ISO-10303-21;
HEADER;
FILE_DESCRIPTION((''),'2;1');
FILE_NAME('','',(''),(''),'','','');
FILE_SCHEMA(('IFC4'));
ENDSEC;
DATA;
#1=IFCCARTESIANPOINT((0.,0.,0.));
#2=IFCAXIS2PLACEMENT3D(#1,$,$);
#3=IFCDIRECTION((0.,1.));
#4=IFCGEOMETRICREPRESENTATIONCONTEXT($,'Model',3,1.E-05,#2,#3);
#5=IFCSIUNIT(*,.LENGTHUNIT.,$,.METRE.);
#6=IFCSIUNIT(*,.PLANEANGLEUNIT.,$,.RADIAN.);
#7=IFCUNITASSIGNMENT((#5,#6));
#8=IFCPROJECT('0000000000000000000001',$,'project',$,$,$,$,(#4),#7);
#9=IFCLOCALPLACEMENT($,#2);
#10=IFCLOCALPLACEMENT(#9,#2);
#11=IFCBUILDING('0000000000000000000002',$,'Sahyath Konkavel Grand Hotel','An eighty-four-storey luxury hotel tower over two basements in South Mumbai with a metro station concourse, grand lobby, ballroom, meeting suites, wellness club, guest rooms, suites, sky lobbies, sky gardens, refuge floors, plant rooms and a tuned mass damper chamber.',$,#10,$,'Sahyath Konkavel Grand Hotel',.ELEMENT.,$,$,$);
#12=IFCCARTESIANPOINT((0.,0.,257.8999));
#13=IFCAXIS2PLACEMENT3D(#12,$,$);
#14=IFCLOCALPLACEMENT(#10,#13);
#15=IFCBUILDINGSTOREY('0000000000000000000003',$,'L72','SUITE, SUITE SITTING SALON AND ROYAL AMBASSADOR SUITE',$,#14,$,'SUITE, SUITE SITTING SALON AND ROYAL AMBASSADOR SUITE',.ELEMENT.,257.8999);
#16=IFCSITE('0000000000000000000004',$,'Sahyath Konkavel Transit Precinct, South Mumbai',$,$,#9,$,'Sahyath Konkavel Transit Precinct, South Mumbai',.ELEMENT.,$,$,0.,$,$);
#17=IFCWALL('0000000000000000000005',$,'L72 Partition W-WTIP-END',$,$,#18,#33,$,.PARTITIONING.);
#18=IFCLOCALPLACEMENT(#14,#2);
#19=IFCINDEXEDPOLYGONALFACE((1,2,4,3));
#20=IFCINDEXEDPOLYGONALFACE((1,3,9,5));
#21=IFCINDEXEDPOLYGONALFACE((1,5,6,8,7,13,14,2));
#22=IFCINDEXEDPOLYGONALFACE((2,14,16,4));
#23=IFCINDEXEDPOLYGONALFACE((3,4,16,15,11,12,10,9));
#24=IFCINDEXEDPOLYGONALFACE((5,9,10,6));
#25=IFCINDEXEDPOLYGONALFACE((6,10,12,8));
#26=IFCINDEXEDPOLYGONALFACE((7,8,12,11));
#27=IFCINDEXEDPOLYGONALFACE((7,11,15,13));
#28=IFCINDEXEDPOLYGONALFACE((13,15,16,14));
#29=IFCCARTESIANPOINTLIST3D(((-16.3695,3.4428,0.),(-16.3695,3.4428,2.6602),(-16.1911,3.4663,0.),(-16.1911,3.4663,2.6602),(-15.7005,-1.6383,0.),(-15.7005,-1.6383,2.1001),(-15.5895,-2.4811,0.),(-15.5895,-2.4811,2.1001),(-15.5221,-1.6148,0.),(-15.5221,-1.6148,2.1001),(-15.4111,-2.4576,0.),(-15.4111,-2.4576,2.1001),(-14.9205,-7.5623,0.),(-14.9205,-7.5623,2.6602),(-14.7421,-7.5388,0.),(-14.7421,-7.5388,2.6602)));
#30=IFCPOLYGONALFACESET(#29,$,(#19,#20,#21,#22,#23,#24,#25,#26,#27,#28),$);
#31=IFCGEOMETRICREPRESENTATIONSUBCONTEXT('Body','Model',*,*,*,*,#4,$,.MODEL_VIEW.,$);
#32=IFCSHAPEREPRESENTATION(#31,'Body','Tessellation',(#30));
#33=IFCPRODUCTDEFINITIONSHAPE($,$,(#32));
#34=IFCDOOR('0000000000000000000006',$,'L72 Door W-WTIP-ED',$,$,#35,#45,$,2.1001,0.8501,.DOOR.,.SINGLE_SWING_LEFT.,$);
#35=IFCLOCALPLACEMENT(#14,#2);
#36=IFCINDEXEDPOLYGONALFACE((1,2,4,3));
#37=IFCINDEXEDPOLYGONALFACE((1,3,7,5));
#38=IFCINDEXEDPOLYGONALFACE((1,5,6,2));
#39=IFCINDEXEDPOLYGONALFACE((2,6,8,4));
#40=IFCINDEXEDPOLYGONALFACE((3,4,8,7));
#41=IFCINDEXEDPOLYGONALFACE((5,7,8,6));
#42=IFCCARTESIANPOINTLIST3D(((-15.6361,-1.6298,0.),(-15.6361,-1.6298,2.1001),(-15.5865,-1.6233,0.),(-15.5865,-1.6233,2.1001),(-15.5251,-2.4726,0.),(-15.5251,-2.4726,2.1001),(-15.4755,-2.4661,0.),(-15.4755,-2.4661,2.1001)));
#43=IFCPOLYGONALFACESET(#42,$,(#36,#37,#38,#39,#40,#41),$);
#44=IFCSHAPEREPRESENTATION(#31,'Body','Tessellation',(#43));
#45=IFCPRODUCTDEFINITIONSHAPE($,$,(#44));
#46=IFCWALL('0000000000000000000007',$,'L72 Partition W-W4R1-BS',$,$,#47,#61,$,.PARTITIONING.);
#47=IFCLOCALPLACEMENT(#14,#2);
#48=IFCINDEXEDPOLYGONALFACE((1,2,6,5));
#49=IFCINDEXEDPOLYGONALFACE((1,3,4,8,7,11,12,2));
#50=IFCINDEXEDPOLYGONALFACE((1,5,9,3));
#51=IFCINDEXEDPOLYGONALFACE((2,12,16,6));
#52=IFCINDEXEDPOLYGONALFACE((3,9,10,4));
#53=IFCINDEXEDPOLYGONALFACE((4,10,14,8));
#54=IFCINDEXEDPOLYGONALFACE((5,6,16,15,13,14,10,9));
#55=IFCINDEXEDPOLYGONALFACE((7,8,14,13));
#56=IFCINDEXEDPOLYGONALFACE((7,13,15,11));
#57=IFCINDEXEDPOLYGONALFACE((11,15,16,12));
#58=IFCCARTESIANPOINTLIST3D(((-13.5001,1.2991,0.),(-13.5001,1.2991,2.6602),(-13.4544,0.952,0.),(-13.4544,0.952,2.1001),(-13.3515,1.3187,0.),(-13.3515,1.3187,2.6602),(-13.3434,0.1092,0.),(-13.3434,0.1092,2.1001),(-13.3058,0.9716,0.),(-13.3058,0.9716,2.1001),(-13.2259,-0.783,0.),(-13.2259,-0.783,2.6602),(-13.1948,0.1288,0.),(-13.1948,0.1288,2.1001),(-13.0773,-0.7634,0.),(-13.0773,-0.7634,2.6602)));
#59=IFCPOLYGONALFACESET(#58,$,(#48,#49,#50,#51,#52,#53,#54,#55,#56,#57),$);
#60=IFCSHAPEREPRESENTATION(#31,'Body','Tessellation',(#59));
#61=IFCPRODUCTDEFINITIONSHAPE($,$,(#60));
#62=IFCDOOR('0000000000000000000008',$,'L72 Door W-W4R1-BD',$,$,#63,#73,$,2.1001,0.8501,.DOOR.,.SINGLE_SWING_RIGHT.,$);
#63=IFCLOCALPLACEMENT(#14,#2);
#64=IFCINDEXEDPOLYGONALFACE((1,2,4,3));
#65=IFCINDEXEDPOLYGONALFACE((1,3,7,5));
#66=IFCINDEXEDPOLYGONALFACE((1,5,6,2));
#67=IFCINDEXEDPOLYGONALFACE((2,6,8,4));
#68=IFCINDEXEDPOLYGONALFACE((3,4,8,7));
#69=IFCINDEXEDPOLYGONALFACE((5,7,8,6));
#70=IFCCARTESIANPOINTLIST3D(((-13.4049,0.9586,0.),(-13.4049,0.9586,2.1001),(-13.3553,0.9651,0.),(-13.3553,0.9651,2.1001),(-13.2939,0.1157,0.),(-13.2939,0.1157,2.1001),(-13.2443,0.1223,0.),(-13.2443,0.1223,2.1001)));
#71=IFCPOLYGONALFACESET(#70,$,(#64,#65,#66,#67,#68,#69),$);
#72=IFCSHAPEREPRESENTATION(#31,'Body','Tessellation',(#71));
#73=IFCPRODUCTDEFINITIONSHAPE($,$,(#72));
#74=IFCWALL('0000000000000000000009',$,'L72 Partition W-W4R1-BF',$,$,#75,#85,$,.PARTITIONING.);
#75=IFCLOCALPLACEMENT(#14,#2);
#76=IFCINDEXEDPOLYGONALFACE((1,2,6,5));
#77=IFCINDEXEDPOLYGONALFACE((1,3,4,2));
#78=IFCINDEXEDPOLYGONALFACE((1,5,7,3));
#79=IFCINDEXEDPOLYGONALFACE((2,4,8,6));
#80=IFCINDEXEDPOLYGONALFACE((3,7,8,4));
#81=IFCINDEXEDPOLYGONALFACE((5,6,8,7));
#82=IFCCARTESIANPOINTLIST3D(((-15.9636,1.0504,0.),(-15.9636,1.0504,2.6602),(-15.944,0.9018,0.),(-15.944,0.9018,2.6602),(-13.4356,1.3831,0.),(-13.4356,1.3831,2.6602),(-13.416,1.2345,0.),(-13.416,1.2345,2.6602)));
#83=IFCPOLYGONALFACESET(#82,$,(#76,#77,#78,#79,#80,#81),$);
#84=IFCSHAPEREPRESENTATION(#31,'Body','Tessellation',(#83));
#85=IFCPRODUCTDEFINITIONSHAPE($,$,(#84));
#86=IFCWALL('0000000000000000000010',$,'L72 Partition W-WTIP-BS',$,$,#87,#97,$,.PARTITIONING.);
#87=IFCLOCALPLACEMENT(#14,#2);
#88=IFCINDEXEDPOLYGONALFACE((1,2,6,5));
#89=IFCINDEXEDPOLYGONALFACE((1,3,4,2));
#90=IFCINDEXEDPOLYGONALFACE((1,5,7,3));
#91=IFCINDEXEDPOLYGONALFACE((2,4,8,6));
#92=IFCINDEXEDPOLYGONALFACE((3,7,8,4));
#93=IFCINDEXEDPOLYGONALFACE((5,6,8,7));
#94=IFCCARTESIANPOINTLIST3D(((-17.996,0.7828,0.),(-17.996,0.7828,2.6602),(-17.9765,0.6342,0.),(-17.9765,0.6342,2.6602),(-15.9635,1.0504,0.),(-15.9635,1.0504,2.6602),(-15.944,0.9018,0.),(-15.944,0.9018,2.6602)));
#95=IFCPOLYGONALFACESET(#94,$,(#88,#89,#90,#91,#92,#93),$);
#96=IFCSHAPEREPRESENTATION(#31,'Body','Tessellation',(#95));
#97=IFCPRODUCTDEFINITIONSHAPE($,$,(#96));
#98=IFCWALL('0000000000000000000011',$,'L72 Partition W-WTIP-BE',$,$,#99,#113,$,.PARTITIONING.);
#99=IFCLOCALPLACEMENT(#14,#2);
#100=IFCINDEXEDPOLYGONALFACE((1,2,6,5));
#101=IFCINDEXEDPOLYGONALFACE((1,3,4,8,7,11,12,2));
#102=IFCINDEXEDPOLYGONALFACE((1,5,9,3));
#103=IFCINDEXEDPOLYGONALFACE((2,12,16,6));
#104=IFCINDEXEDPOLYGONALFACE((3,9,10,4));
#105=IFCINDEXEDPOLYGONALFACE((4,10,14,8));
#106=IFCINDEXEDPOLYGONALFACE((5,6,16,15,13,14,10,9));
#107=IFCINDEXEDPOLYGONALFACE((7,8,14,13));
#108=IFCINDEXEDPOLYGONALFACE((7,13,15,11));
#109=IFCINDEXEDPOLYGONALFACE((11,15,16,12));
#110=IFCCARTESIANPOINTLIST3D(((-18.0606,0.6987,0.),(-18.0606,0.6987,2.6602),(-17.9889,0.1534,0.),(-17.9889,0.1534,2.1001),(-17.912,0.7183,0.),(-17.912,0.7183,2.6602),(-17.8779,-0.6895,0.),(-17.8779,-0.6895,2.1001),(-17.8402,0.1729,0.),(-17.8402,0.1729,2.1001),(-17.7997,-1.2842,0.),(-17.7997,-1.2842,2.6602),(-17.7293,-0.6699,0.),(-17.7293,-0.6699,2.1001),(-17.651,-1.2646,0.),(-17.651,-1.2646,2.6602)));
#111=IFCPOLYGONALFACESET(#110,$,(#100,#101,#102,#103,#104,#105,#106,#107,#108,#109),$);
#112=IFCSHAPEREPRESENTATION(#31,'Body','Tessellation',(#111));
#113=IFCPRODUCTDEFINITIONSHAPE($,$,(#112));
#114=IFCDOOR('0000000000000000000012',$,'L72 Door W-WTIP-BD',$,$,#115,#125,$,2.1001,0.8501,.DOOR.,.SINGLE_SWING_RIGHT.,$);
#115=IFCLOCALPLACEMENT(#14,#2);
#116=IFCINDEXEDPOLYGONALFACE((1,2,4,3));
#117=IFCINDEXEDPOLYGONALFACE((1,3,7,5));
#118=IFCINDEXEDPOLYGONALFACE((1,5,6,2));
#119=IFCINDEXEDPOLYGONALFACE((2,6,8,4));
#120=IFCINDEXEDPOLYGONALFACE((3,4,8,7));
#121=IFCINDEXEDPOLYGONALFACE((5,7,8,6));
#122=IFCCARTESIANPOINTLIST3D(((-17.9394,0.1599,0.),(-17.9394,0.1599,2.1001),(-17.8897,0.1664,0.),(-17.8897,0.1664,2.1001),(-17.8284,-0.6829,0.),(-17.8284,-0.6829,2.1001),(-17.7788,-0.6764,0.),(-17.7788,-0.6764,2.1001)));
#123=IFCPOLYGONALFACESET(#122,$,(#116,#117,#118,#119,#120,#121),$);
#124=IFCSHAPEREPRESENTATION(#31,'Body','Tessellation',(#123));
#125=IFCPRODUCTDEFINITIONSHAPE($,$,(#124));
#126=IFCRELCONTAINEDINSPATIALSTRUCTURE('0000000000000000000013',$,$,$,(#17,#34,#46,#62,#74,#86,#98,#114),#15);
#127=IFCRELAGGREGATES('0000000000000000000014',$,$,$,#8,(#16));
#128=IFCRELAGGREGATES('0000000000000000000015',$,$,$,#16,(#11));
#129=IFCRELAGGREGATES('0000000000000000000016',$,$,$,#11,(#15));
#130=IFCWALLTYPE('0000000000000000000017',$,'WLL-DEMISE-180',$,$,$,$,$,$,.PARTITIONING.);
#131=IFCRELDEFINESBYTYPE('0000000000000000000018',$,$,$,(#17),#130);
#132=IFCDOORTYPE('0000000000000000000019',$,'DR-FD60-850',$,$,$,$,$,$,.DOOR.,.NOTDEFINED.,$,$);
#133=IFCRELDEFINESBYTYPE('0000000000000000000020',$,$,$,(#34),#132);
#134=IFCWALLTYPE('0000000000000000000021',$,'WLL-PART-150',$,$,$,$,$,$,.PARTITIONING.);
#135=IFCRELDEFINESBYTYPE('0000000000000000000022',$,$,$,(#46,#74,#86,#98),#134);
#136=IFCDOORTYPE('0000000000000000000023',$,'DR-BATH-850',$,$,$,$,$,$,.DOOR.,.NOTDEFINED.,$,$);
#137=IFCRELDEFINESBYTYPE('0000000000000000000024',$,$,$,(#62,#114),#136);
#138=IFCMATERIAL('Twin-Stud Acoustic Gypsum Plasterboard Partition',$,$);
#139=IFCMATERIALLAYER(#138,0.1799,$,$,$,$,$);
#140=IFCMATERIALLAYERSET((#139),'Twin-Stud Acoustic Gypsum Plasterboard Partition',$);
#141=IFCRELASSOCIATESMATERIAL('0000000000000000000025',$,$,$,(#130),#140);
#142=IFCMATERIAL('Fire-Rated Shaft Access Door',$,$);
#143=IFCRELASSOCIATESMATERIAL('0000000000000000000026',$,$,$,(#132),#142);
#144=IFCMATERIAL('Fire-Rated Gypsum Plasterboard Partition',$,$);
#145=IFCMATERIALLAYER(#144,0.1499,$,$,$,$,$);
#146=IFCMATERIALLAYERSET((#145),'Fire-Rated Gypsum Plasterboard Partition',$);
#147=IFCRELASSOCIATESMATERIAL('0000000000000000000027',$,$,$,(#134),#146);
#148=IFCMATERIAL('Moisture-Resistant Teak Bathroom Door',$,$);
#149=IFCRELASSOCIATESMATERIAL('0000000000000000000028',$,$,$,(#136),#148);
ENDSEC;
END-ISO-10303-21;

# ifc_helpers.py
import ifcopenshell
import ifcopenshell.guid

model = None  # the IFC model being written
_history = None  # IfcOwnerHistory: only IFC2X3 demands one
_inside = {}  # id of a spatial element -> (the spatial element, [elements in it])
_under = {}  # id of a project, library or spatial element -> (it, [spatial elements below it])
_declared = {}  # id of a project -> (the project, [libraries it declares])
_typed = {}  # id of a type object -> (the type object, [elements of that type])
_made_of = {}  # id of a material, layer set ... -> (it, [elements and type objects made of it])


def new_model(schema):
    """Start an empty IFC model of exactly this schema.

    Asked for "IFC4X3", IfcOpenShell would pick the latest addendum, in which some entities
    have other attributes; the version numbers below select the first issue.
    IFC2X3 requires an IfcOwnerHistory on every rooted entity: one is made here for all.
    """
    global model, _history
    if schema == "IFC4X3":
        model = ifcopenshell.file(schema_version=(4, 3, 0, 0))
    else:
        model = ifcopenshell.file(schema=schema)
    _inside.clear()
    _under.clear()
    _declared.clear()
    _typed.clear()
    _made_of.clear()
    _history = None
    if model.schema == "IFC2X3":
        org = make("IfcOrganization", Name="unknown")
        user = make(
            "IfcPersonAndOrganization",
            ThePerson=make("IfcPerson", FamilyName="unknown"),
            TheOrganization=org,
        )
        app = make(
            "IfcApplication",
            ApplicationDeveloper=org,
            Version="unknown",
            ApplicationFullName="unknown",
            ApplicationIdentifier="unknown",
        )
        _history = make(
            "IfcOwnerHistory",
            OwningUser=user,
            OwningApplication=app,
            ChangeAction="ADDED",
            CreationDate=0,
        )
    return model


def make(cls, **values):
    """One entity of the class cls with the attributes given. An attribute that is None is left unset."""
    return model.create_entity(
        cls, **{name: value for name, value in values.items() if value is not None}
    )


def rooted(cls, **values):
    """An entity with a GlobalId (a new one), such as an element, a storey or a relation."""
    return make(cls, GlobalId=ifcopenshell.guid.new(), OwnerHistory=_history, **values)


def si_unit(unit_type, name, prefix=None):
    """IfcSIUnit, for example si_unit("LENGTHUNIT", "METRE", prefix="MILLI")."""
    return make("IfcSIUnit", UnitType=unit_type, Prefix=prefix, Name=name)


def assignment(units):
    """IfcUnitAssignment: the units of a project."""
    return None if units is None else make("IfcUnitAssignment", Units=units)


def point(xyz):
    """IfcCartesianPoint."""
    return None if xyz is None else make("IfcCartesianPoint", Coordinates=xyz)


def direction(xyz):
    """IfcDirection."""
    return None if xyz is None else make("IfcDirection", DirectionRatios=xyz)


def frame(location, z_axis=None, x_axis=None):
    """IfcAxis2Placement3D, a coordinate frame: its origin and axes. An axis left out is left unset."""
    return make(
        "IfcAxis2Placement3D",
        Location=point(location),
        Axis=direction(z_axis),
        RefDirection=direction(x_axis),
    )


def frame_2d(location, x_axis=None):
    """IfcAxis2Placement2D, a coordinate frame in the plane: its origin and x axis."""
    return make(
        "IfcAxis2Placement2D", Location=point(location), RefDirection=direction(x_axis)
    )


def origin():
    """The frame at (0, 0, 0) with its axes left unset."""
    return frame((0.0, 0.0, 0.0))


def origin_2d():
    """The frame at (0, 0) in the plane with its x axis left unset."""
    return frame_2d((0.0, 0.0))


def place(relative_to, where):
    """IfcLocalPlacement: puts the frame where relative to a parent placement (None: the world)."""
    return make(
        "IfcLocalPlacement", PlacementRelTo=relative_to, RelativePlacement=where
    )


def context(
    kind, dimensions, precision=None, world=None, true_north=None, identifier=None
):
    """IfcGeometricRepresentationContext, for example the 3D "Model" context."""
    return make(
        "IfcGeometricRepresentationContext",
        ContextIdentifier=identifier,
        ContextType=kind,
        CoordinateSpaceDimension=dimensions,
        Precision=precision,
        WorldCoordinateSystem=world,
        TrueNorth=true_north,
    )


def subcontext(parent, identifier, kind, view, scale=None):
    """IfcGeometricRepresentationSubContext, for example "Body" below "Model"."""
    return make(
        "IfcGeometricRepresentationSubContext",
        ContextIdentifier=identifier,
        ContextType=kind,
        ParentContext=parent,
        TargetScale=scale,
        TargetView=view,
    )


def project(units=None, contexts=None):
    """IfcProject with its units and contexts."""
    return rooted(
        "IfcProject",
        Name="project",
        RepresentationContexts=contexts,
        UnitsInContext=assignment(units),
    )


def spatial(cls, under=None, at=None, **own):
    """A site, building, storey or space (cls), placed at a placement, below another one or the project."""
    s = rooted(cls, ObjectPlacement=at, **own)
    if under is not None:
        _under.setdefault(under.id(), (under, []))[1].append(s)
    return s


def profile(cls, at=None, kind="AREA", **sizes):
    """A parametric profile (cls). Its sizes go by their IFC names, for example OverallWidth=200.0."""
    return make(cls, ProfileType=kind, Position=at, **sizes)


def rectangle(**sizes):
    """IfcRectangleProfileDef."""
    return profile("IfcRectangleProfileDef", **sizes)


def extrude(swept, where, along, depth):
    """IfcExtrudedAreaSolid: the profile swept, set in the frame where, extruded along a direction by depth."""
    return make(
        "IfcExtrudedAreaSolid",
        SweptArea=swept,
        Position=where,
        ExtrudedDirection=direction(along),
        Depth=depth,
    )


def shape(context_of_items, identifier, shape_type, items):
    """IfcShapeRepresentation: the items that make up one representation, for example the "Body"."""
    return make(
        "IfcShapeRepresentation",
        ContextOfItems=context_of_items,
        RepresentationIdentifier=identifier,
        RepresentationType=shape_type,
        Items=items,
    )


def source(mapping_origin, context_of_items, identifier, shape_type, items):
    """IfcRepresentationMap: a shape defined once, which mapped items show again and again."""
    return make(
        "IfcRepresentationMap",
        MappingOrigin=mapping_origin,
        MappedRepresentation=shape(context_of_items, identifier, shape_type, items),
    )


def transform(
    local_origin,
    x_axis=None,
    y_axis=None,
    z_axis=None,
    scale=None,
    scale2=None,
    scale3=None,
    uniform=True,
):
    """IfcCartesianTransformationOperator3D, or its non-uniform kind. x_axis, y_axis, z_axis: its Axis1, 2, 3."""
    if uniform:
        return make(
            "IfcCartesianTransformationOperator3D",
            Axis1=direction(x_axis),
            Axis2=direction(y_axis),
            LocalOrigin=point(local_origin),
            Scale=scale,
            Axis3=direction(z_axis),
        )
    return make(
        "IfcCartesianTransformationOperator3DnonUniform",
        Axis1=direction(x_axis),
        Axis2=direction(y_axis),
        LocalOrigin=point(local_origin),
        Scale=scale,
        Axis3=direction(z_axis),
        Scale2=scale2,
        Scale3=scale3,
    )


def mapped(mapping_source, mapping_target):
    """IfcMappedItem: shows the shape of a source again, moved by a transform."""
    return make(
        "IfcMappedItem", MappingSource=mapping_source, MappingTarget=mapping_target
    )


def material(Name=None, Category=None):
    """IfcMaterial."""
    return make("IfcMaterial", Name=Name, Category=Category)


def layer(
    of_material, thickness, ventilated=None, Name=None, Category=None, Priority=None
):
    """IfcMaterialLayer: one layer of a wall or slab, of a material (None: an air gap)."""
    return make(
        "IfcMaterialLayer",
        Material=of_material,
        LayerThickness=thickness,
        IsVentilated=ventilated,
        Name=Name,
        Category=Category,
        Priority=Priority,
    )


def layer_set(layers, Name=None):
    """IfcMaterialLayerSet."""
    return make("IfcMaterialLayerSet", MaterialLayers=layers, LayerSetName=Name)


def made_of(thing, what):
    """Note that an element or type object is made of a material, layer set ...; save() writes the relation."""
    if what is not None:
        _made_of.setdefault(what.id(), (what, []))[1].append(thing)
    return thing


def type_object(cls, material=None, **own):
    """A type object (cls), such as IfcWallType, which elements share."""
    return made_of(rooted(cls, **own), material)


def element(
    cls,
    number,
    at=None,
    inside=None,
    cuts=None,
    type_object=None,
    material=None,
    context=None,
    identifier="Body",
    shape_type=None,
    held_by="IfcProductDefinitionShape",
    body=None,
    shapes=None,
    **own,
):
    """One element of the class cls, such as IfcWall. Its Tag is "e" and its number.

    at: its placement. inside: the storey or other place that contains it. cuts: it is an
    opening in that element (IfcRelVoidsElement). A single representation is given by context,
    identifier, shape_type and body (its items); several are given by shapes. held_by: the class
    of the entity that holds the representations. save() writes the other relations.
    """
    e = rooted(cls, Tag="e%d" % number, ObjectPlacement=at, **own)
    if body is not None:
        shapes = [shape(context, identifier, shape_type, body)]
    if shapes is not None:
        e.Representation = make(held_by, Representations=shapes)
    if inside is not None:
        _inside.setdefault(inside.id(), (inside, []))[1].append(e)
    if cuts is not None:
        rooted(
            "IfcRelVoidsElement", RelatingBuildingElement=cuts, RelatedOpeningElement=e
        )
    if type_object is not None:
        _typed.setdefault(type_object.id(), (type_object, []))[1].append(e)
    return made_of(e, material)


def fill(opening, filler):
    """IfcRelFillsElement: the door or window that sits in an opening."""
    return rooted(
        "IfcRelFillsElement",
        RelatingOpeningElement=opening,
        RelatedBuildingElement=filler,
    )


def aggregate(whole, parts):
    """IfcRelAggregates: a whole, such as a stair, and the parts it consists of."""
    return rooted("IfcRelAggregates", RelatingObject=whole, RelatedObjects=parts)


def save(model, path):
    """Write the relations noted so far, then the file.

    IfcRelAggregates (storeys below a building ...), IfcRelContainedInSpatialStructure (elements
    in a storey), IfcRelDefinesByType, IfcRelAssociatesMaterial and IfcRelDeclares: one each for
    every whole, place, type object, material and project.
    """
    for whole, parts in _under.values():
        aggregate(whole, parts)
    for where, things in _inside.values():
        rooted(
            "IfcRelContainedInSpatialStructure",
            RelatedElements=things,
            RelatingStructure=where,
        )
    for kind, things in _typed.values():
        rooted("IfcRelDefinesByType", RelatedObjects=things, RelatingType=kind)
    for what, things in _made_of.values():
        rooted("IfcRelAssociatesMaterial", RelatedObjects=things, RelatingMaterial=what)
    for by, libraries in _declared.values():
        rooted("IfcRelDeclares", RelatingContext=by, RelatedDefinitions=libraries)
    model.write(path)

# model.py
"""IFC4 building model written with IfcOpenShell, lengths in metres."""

from ifc_helpers import new_model, si_unit, direction, frame, frame_2d, origin, origin_2d, place, context, subcontext, project, spatial, rectangle, extrude, source, transform, mapped, material, layer, layer_set, type_object, element, fill, save


model = new_model("IFC4")

# Units and contexts
model_context = context("Model", 3, precision=1e-05, world=origin(), true_north=direction((0.0, 1.0)))
body_context = subcontext(model_context, "Body", "Model", "MODEL_VIEW")
ifc_project = project(units=[si_unit("LENGTHUNIT", "METRE"), si_unit("PLANEANGLEUNIT", "RADIAN")], contexts=[model_context])

# Site, building, storey
site_placement = place(None, origin())
site = spatial("IfcSite", under=ifc_project, at=site_placement, Name="Sahyath Konkavel Transit Precinct, South Mumbai", LongName="Sahyath Konkavel Transit Precinct, South Mumbai", CompositionType="ELEMENT", RefElevation=0.0)
building_placement = place(site_placement, origin())
building = spatial("IfcBuilding", under=site, at=building_placement, Name="Sahyath Konkavel Grand Hotel", Description="An eighty-four-storey luxury hotel tower over two basements in South Mumbai with a metro station concourse, grand lobby, ballroom, meeting suites, wellness club, guest rooms, suites, sky lobbies, sky gardens, refuge floors, plant rooms and a tuned mass damper chamber.", LongName="Sahyath Konkavel Grand Hotel", CompositionType="ELEMENT")
storey_placement = place(building_placement, frame((0.0, 0.0, 257.8999)))
storey = spatial("IfcBuildingStorey", under=building, at=storey_placement, Name="L72", Description="SUITE, SUITE SITTING SALON AND ROYAL AMBASSADOR SUITE", LongName="SUITE, SUITE SITTING SALON AND ROYAL AMBASSADOR SUITE", CompositionType="ELEMENT", Elevation=257.8999)

# Walls, openings, doors
ifc_material_1 = material(Name="Twin-Stud Acoustic Gypsum Plasterboard Partition")
ifc_layer_1 = layer(ifc_material_1, 0.1799)
ifc_layer_set_1 = layer_set([ifc_layer_1], Name="Twin-Stud Acoustic Gypsum Plasterboard Partition")
wall_type_1 = type_object("IfcWallType", Name="WLL-DEMISE-180", PredefinedType="PARTITIONING", material=ifc_layer_set_1)
wall_1_placement = place(storey_placement, frame((-16.2803, 3.4546, 0.0), z_axis=(0.0, 0.0, 1.0), x_axis=(0.130537, -0.991443, 0.0)))
wall_1 = element("IfcWall", 1, at=wall_1_placement, inside=storey, type_object=wall_type_1, Name="L72 Partition W-WTIP-END", PredefinedType="PARTITIONING", context=body_context, shape_type="SweptSolid", body=[
    extrude(rectangle(XDim=11.1001, YDim=0.1799, at=frame_2d((5.55, 0.0))), origin(), (0.0, 0.0, 1.0), 2.6602),
])
opening_1_placement = place(wall_1_placement, frame((5.125, 0.0, 0.0)))
opening_1 = element("IfcOpeningElement", 2, at=opening_1_placement, cuts=wall_1, PredefinedType="OPENING", context=body_context, shape_type="SweptSolid", body=[
    extrude(rectangle(XDim=0.8501, YDim=2.1001, at=frame_2d((0.425, 1.05))), frame((0.0, 0.1001, 0.0), z_axis=(0.0, -1.0, 0.0), x_axis=(1.0, 0.0, 0.0)), (0.0, 0.0, 1.0), 0.2),
])
ifc_material_2 = material(Name="Fire-Rated Shaft Access Door")
door_type_1 = type_object("IfcDoorType", Name="DR-FD60-850", OperationType="NOTDEFINED", PredefinedType="DOOR", material=ifc_material_2)
shared_shape_1 = source(origin(), body_context, "Body", "SweptSolid", [
    extrude(rectangle(XDim=0.8501, YDim=0.05, at=origin_2d()), origin(), (0.0, 0.0, 1.0), 2.1001),
])
door_1_placement = place(opening_1_placement, frame((0.425, 0.0, 0.0)))
door_1 = element("IfcDoor", 3, at=door_1_placement, inside=storey, type_object=door_type_1, Name="L72 Door W-WTIP-ED", OperationType="SINGLE_SWING_LEFT", OverallHeight=2.1001, OverallWidth=0.8501, PredefinedType="DOOR", context=body_context, shape_type="MappedRepresentation", body=[
    mapped(shared_shape_1, transform((0.0, 0.0, 0.0), scale=1.0)),
])
fill(opening_1, door_1)
ifc_material_3 = material(Name="Fire-Rated Gypsum Plasterboard Partition")
ifc_layer_2 = layer(ifc_material_3, 0.1499)
ifc_layer_set_2 = layer_set([ifc_layer_2], Name="Fire-Rated Gypsum Plasterboard Partition")
wall_type_2 = type_object("IfcWallType", Name="WLL-PART-150", PredefinedType="PARTITIONING", material=ifc_layer_set_2)
wall_2_placement = place(storey_placement, frame((-13.1516, -0.7732, 0.0), z_axis=(0.0, 0.0, 1.0), x_axis=(-0.130557, 0.991441, 0.0)))
wall_2 = element("IfcWall", 4, at=wall_2_placement, inside=storey, type_object=wall_type_2, Name="L72 Partition W-W4R1-BS", PredefinedType="PARTITIONING", context=body_context, shape_type="SweptSolid", body=[
    extrude(rectangle(XDim=2.1001, YDim=0.1499, at=frame_2d((1.05, 0.0))), origin(), (0.0, 0.0, 1.0), 2.6602),
])
opening_2_placement = place(wall_2_placement, frame((0.8999, 0.0, 0.0)))
opening_2 = element("IfcOpeningElement", 5, at=opening_2_placement, cuts=wall_2, PredefinedType="OPENING", context=body_context, shape_type="SweptSolid", body=[
    extrude(rectangle(XDim=0.8501, YDim=2.1001, at=frame_2d((0.425, 1.05))), frame((0.0, 0.085, 0.0), z_axis=(0.0, -1.0, 0.0), x_axis=(1.0, 0.0, 0.0)), (0.0, 0.0, 1.0), 0.1699),
])
ifc_material_4 = material(Name="Moisture-Resistant Teak Bathroom Door")
door_type_2 = type_object("IfcDoorType", Name="DR-BATH-850", OperationType="NOTDEFINED", PredefinedType="DOOR", material=ifc_material_4)
door_2_placement = place(opening_2_placement, frame((0.425, 0.0, 0.0)))
door_2 = element("IfcDoor", 6, at=door_2_placement, inside=storey, type_object=door_type_2, Name="L72 Door W-W4R1-BD", OperationType="SINGLE_SWING_RIGHT", OverallHeight=2.1001, OverallWidth=0.8501, PredefinedType="DOOR", context=body_context, shape_type="MappedRepresentation", body=[
    mapped(shared_shape_1, transform((0.0, 0.0, 0.0), scale=1.0)),
])
fill(opening_2, door_2)

# Walls
wall_3_placement = place(storey_placement, frame((-13.4258, 1.3088, 0.0), z_axis=(0.0, 0.0, 1.0), x_axis=(-0.991448, -0.130502, 0.0)))
element("IfcWall", 7, at=wall_3_placement, inside=storey, type_object=wall_type_2, Name="L72 Partition W-W4R1-BF", PredefinedType="PARTITIONING", context=body_context, shape_type="SweptSolid", body=[
    extrude(rectangle(XDim=2.5498, YDim=0.1499, at=frame_2d((1.2749, 0.0))), origin(), (0.0, 0.0, 1.0), 2.6602),
])
wall_4_placement = place(storey_placement, frame((-15.9539, 0.9761, 0.0), z_axis=(0.0, 0.0, 1.0), x_axis=(-0.991445, -0.130525, 0.0)))
element("IfcWall", 8, at=wall_4_placement, inside=storey, type_object=wall_type_2, Name="L72 Partition W-WTIP-BS", PredefinedType="PARTITIONING", context=body_context, shape_type="SweptSolid", body=[
    extrude(rectangle(XDim=2.05, YDim=0.1499, at=frame_2d((1.0249, 0.0))), origin(), (0.0, 0.0, 1.0), 2.6602),
])

# Wall, opening, door
wall_5_placement = place(storey_placement, frame((-17.9863, 0.7085, 0.0), z_axis=(0.0, 0.0, 1.0), x_axis=(0.130492, -0.991449, 0.0)))
wall_5 = element("IfcWall", 9, at=wall_5_placement, inside=storey, type_object=wall_type_2, Name="L72 Partition W-WTIP-BE", PredefinedType="PARTITIONING", context=body_context, shape_type="SweptSolid", body=[
    extrude(rectangle(XDim=2.0, YDim=0.1499, at=frame_2d((1.0, 0.0))), origin(), (0.0, 0.0, 1.0), 2.6602),
])
opening_3_placement = place(wall_5_placement, frame((0.55, 0.0, 0.0)))
opening_3 = element("IfcOpeningElement", 10, at=opening_3_placement, cuts=wall_5, PredefinedType="OPENING", context=body_context, shape_type="SweptSolid", body=[
    extrude(rectangle(XDim=0.8501, YDim=2.1001, at=frame_2d((0.425, 1.05))), frame((0.0, 0.085, 0.0), z_axis=(0.0, -1.0, 0.0), x_axis=(1.0, 0.0, 0.0)), (0.0, 0.0, 1.0), 0.1699),
])
door_3_placement = place(opening_3_placement, frame((0.425, 0.0, 0.0)))
door_3 = element("IfcDoor", 11, at=door_3_placement, inside=storey, type_object=door_type_2, Name="L72 Door W-WTIP-BD", OperationType="SINGLE_SWING_RIGHT", OverallHeight=2.1001, OverallWidth=0.8501, PredefinedType="DOOR", context=body_context, shape_type="MappedRepresentation", body=[
    mapped(shared_shape_1, transform((0.0, 0.0, 0.0), scale=1.0)),
])
fill(opening_3, door_3)

save(model, "model.ifc")
